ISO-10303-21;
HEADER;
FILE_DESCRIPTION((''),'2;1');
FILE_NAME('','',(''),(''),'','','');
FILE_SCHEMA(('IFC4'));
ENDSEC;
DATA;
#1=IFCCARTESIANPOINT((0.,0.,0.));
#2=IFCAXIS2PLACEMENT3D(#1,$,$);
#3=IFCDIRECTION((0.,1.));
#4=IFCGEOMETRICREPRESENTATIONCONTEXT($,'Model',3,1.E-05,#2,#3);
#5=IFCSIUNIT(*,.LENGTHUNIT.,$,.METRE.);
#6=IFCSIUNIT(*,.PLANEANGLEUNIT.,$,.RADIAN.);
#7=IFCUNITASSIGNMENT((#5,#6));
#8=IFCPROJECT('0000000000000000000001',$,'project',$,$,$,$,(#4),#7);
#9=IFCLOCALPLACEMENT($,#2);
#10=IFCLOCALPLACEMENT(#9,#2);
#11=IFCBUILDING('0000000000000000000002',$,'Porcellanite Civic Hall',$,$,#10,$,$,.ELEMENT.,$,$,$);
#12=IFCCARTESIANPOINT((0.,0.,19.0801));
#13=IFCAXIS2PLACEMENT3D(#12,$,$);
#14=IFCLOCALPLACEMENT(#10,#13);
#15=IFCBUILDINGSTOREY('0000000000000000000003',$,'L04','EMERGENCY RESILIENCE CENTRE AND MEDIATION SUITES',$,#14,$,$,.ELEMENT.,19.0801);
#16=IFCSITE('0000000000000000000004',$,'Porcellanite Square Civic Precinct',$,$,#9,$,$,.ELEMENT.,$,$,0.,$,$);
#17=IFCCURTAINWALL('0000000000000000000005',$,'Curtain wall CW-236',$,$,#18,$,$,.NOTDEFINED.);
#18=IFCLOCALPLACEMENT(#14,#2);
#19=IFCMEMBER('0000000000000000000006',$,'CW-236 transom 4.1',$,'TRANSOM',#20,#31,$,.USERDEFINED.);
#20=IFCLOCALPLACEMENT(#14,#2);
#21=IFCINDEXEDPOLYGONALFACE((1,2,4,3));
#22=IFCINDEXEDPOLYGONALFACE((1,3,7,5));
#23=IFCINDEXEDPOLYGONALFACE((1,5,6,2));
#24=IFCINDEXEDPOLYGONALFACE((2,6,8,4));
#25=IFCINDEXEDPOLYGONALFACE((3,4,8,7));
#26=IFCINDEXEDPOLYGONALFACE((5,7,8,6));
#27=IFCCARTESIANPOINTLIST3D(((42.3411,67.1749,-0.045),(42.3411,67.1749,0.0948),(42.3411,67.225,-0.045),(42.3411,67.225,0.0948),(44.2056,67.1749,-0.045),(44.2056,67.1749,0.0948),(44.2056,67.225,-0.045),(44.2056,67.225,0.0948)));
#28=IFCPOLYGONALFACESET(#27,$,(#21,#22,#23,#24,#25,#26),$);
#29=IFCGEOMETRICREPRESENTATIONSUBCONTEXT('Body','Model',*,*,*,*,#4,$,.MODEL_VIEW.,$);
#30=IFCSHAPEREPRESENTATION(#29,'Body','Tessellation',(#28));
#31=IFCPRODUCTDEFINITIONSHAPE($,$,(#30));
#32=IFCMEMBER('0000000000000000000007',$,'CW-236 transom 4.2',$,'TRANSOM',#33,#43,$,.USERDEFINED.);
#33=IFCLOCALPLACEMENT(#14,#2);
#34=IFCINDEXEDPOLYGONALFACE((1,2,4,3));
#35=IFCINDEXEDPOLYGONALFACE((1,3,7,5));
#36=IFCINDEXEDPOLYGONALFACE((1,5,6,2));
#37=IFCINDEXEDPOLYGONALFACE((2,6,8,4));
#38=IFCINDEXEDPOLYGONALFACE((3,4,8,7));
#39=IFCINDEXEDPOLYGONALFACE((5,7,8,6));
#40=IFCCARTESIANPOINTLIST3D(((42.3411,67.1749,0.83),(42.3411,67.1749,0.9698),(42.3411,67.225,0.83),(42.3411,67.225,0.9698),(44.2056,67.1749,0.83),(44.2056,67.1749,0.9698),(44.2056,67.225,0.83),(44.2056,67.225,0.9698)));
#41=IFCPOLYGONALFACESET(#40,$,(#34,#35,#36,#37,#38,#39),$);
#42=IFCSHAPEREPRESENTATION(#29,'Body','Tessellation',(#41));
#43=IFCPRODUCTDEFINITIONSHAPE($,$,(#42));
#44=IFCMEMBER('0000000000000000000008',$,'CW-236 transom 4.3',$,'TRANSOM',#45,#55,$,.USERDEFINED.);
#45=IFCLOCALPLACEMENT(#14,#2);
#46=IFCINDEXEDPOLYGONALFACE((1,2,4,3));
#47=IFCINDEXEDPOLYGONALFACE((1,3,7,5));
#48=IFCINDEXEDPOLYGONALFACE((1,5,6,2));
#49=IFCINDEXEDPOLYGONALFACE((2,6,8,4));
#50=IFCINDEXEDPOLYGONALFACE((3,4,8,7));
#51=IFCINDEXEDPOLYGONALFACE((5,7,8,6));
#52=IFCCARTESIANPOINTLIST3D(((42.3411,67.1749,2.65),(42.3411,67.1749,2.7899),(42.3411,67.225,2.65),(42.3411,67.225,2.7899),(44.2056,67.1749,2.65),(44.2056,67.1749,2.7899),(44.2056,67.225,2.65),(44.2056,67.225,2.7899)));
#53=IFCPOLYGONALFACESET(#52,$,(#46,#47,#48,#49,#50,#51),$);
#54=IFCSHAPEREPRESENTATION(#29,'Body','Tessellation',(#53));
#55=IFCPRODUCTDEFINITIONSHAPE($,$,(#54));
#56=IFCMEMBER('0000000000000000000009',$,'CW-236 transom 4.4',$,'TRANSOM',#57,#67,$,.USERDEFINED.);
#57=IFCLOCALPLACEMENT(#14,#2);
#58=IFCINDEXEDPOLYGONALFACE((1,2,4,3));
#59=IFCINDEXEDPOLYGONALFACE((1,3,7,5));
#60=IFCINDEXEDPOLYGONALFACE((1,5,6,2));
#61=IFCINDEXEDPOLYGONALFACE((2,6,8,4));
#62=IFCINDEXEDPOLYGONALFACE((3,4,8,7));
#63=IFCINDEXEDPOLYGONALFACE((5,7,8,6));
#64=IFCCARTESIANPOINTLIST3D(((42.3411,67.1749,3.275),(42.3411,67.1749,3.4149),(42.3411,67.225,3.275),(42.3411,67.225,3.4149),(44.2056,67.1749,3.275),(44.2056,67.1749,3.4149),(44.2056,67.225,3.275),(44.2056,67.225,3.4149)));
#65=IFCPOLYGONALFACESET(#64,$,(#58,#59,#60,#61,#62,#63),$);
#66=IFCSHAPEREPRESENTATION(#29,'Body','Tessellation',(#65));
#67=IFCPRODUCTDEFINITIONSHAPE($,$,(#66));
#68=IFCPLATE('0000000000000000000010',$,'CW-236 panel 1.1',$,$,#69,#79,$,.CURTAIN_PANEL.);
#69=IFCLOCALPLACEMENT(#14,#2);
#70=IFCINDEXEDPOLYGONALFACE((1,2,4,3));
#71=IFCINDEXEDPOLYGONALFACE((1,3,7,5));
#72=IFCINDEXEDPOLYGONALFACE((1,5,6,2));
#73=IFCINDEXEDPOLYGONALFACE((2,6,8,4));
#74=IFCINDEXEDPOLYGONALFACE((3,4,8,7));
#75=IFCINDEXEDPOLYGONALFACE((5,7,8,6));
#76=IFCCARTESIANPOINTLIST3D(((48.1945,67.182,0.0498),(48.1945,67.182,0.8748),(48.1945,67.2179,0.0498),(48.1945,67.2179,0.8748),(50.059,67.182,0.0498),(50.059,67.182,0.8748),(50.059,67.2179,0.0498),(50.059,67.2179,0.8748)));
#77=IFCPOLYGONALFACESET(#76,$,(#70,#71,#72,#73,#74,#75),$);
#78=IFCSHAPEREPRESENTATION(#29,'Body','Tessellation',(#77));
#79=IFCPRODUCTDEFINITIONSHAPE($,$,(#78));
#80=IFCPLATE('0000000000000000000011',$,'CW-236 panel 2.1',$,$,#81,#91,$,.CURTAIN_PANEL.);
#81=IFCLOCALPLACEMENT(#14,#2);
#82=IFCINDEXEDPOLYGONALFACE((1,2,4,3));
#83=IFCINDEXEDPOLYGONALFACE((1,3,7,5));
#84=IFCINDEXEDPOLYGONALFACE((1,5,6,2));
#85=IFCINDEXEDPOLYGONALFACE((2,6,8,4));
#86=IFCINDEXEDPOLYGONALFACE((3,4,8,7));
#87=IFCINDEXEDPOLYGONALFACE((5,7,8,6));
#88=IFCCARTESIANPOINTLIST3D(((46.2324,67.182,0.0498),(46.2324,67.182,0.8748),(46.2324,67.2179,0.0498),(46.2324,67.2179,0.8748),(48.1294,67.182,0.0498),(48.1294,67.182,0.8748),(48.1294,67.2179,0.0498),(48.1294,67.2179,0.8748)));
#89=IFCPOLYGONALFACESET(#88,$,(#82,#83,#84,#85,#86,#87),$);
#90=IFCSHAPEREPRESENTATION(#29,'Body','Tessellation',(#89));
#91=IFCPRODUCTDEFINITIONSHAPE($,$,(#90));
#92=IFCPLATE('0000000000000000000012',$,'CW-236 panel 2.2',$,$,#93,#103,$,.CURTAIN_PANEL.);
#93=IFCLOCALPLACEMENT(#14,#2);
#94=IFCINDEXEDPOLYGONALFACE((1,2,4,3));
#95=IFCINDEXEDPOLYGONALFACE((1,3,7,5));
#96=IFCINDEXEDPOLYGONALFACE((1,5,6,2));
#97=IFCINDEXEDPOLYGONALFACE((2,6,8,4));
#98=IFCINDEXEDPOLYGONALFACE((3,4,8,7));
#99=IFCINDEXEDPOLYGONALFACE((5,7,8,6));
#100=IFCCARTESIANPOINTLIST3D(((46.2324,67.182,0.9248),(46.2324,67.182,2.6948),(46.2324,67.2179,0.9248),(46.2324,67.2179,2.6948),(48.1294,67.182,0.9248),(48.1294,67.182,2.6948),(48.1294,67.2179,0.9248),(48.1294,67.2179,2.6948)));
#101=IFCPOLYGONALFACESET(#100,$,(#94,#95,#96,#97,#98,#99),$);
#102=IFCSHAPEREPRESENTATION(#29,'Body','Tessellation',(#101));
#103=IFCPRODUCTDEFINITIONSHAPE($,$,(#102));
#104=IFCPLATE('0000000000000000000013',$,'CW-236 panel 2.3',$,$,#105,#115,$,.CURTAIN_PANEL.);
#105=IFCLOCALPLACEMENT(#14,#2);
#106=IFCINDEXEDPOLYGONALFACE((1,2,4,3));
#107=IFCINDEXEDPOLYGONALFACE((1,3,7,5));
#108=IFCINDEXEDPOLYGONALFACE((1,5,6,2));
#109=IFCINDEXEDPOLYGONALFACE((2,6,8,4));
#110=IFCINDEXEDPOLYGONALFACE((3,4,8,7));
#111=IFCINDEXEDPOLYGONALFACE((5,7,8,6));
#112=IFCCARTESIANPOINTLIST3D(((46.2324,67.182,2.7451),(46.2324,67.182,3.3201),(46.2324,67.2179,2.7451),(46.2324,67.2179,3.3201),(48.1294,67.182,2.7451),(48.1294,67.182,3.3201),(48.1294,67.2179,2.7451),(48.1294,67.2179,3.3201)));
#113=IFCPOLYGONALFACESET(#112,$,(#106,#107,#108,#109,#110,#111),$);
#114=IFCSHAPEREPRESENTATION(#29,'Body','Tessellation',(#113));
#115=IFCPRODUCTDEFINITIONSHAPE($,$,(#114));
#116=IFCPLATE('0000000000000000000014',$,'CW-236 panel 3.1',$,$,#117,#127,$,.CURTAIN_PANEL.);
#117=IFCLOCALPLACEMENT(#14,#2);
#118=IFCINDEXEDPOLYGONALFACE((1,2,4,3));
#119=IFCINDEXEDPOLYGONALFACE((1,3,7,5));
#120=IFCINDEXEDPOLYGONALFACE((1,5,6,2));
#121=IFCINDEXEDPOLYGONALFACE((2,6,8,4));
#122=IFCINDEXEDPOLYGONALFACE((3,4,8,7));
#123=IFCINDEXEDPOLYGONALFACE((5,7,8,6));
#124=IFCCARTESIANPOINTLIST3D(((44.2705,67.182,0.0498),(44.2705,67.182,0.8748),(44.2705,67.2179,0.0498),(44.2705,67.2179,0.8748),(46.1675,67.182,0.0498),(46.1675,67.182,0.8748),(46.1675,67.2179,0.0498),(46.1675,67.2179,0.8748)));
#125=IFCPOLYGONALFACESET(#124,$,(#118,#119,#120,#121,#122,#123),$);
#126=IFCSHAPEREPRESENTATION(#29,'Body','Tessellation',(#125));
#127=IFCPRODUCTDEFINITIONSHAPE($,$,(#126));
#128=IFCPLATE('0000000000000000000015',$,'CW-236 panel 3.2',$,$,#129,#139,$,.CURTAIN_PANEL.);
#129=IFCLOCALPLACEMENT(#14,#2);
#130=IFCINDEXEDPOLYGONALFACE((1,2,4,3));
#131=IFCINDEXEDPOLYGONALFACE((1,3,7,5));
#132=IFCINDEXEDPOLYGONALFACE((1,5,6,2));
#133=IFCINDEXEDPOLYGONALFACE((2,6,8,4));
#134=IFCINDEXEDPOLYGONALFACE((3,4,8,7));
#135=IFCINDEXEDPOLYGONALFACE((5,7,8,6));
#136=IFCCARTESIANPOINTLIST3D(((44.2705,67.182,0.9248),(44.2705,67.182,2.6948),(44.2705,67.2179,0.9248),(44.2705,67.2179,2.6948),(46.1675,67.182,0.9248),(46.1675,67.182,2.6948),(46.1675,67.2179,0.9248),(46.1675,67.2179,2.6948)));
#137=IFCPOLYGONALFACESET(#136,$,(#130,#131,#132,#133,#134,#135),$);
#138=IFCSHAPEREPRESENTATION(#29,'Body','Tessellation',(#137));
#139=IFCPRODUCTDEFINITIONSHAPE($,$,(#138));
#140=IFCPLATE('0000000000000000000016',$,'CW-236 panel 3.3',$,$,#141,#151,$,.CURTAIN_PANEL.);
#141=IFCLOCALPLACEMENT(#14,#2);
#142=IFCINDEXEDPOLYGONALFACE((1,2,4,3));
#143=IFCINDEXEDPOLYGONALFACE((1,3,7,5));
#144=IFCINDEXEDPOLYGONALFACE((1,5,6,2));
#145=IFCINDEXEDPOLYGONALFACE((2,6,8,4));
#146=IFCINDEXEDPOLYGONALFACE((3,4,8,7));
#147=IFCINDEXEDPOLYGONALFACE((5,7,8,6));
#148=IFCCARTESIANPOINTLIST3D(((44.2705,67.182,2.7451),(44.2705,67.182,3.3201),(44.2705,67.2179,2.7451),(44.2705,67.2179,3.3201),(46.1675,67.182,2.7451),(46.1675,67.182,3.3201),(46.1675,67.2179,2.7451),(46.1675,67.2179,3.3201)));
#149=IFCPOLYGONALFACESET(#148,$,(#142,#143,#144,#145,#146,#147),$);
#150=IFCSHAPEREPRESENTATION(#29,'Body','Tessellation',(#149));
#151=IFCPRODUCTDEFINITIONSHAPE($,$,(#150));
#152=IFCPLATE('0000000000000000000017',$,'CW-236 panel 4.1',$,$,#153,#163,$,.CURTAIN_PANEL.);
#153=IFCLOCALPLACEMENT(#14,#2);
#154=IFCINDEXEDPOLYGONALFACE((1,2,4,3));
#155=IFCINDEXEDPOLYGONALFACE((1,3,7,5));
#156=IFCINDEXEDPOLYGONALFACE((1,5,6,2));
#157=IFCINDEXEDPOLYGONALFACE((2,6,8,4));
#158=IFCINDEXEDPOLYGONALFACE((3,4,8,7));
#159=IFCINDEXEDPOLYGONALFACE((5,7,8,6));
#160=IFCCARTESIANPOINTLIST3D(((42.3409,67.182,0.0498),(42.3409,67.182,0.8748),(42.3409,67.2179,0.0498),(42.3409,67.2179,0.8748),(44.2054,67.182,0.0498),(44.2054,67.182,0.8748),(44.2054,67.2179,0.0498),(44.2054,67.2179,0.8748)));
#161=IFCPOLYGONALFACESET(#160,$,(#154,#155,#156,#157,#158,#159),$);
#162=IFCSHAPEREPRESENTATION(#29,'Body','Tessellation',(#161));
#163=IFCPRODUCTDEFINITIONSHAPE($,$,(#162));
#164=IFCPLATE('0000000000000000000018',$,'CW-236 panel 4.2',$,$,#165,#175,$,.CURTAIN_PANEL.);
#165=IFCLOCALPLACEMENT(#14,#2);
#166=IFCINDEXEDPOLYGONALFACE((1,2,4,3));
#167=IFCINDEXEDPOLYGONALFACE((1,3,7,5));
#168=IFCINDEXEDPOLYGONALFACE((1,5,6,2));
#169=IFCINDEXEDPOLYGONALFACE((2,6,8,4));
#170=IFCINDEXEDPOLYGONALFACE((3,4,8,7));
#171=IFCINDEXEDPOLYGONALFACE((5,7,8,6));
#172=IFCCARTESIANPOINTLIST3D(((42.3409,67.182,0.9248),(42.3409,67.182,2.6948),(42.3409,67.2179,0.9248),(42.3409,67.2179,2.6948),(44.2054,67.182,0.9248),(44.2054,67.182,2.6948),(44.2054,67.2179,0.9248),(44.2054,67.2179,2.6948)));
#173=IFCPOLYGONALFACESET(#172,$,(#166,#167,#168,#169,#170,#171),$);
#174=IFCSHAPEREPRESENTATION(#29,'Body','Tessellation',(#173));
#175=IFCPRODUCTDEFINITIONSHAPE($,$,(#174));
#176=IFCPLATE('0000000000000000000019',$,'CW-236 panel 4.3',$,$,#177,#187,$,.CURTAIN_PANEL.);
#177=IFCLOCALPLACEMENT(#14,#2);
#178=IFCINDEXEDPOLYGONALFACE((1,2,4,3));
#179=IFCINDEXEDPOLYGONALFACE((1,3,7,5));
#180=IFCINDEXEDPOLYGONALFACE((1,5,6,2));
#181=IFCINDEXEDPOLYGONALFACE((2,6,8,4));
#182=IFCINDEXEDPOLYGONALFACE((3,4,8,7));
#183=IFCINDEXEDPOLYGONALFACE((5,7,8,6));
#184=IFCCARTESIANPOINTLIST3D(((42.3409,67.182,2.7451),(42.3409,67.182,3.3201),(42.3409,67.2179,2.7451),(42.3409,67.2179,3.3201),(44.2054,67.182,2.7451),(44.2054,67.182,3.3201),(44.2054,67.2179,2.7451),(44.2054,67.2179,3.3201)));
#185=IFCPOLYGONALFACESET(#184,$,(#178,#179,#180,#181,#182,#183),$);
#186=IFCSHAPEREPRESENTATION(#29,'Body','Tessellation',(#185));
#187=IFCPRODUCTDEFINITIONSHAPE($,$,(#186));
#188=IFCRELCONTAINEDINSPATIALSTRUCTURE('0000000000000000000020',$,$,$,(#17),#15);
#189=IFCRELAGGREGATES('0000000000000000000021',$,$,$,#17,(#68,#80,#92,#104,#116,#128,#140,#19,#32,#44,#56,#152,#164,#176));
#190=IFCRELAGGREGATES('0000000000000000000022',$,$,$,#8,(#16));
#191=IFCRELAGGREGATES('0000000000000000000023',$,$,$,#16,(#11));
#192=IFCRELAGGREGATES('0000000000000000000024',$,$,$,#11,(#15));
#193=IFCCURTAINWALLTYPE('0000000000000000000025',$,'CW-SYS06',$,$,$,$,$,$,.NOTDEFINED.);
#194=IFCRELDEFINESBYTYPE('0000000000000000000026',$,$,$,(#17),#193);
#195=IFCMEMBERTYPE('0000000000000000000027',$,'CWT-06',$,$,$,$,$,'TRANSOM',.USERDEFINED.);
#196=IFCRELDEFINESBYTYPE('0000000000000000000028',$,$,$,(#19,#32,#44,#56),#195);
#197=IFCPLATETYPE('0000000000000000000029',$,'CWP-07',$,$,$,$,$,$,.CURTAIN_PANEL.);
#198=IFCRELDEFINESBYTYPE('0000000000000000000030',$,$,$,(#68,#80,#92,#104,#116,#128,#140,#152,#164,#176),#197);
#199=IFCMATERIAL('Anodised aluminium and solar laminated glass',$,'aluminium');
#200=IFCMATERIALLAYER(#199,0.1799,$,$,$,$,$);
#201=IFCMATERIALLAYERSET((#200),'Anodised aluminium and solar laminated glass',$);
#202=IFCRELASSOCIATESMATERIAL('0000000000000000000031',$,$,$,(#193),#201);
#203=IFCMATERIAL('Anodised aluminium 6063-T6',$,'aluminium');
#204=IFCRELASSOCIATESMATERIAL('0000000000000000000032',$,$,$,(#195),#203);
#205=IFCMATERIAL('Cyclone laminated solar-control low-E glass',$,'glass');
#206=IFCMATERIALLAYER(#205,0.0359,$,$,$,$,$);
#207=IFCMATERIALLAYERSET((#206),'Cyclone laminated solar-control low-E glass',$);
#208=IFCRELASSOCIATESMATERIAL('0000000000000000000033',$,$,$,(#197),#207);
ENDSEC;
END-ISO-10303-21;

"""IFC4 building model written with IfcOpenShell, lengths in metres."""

from ifc_helpers import new_model, si_unit, direction, frame, origin, origin_2d, place, context, subcontext, project, spatial, rectangle, extrude, material, layer, layer_set, material_profile, profile_set, type_object, element, aggregate, save


model = new_model("IFC4")

# Units and contexts
model_context = context("Model", 3, precision=1e-05, world=origin(), true_north=direction((0.0, 1.0)))
body_context = subcontext(model_context, "Body", "Model", "MODEL_VIEW")
ifc_project = project(units=[si_unit("LENGTHUNIT", "METRE"), si_unit("PLANEANGLEUNIT", "RADIAN")], contexts=[model_context])

# Site, building, storey
site_placement = place(None, origin())
site = spatial("IfcSite", under=ifc_project, at=site_placement, Name="Porcellanite Square Civic Precinct", CompositionType="ELEMENT", RefElevation=0.0)
building_placement = place(site_placement, origin())
building = spatial("IfcBuilding", under=site, at=building_placement, Name="Porcellanite Civic Hall", CompositionType="ELEMENT")
storey_placement = place(building_placement, frame((0.0, 0.0, 19.0801)))
storey = spatial("IfcBuildingStorey", under=building, at=storey_placement, Name="L04", Description="EMERGENCY RESILIENCE CENTRE AND MEDIATION SUITES", CompositionType="ELEMENT", Elevation=19.0801)

# Curtain wall, members, plates
ifc_material_1 = material(Name="Anodised aluminium and solar laminated glass", Category="aluminium")
ifc_layer_1 = layer(ifc_material_1, 0.1799)
ifc_layer_set_1 = layer_set([ifc_layer_1], Name="Anodised aluminium and solar laminated glass")
curtain_wall_type = type_object("IfcCurtainWallType", Name="CW-SYS06", PredefinedType="NOTDEFINED", material=ifc_layer_set_1)
curtain_wall_placement = place(storey_placement, origin())
curtain_wall = element("IfcCurtainWall", 1, at=curtain_wall_placement, inside=storey, type_object=curtain_wall_type, Name="Curtain wall CW-236", PredefinedType="NOTDEFINED")
ifc_material_2 = material(Name="Anodised aluminium 6063-T6", Category="aluminium")
ifc_material_profile_1 = material_profile(ifc_material_2, rectangle(XDim=0.05, YDim=0.1399, at=origin_2d()), Name="AL-50x140")
ifc_profile_set_1 = profile_set([ifc_material_profile_1], Name="Anodised aluminium 6063-T6")
member_type_1 = type_object("IfcMemberType", Name="CWT-06", ElementType="TRANSOM", PredefinedType="USERDEFINED", material=ifc_profile_set_1)
member_1_placement = place(storey_placement, frame((44.2056, 67.2, 0.0249), z_axis=(-1.0, 0.0, 0.0), x_axis=(0.0, -1.0, 0.0)))
member_1 = element("IfcMember", 2, at=member_1_placement, type_object=member_type_1, Name="CW-236 transom 4.1", ObjectType="TRANSOM", PredefinedType="USERDEFINED", context=body_context, shape_type="SweptSolid", body=[
    extrude(rectangle(XDim=0.05, YDim=0.1399, at=origin_2d()), origin(), (0.0, 0.0, 1.0), 1.8645),
])
member_2_placement = place(storey_placement, frame((44.2056, 67.2, 0.8999), z_axis=(-1.0, 0.0, 0.0), x_axis=(0.0, -1.0, 0.0)))
member_2 = element("IfcMember", 3, at=member_2_placement, type_object=member_type_1, Name="CW-236 transom 4.2", ObjectType="TRANSOM", PredefinedType="USERDEFINED", context=body_context, shape_type="SweptSolid", body=[
    extrude(rectangle(XDim=0.05, YDim=0.1399, at=origin_2d()), origin(), (0.0, 0.0, 1.0), 1.8645),
])
member_3_placement = place(storey_placement, frame((44.2056, 67.2, 2.72), z_axis=(-1.0, 0.0, 0.0), x_axis=(0.0, -1.0, 0.0)))
member_3 = element("IfcMember", 4, at=member_3_placement, type_object=member_type_1, Name="CW-236 transom 4.3", ObjectType="TRANSOM", PredefinedType="USERDEFINED", context=body_context, shape_type="SweptSolid", body=[
    extrude(rectangle(XDim=0.05, YDim=0.1399, at=origin_2d()), origin(), (0.0, 0.0, 1.0), 1.8645),
])
member_4_placement = place(storey_placement, frame((44.2056, 67.2, 3.345), z_axis=(-1.0, 0.0, 0.0), x_axis=(0.0, -1.0, 0.0)))
member_4 = element("IfcMember", 5, at=member_4_placement, type_object=member_type_1, Name="CW-236 transom 4.4", ObjectType="TRANSOM", PredefinedType="USERDEFINED", context=body_context, shape_type="SweptSolid", body=[
    extrude(rectangle(XDim=0.05, YDim=0.1399, at=origin_2d()), origin(), (0.0, 0.0, 1.0), 1.8645),
])
ifc_material_3 = material(Name="Cyclone laminated solar-control low-E glass", Category="glass")
ifc_layer_2 = layer(ifc_material_3, 0.0359)
ifc_layer_set_2 = layer_set([ifc_layer_2], Name="Cyclone laminated solar-control low-E glass")
plate_type = type_object("IfcPlateType", Name="CWP-07", PredefinedType="CURTAIN_PANEL", material=ifc_layer_set_2)
plate_1_placement = place(storey_placement, frame((49.1267, 67.2, 0.0498), z_axis=(0.0, 0.0, 1.0), x_axis=(-1.0, 0.0, 0.0)))
plate_1 = element("IfcPlate", 6, at=plate_1_placement, type_object=plate_type, Name="CW-236 panel 1.1", PredefinedType="CURTAIN_PANEL", context=body_context, shape_type="SweptSolid", body=[
    extrude(rectangle(XDim=1.8645, YDim=0.0359, at=origin_2d()), origin(), (0.0, 0.0, 1.0), 0.825),
])
plate_2_placement = place(storey_placement, frame((47.1809, 67.2, 0.0498), z_axis=(0.0, 0.0, 1.0), x_axis=(-1.0, 0.0, 0.0)))
plate_2 = element("IfcPlate", 7, at=plate_2_placement, type_object=plate_type, Name="CW-236 panel 2.1", PredefinedType="CURTAIN_PANEL", context=body_context, shape_type="SweptSolid", body=[
    extrude(rectangle(XDim=1.897, YDim=0.0359, at=origin_2d()), origin(), (0.0, 0.0, 1.0), 0.825),
])
plate_3_placement = place(storey_placement, frame((47.1809, 67.2, 0.9248), z_axis=(0.0, 0.0, 1.0), x_axis=(-1.0, 0.0, 0.0)))
plate_3 = element("IfcPlate", 8, at=plate_3_placement, type_object=plate_type, Name="CW-236 panel 2.2", PredefinedType="CURTAIN_PANEL", context=body_context, shape_type="SweptSolid", body=[
    extrude(rectangle(XDim=1.897, YDim=0.0359, at=origin_2d()), origin(), (0.0, 0.0, 1.0), 1.77),
])
plate_4_placement = place(storey_placement, frame((47.1809, 67.2, 2.7451), z_axis=(0.0, 0.0, 1.0), x_axis=(-1.0, 0.0, 0.0)))
plate_4 = element("IfcPlate", 9, at=plate_4_placement, type_object=plate_type, Name="CW-236 panel 2.3", PredefinedType="CURTAIN_PANEL", context=body_context, shape_type="SweptSolid", body=[
    extrude(rectangle(XDim=1.897, YDim=0.0359, at=origin_2d()), origin(), (0.0, 0.0, 1.0), 0.575),
])
plate_5_placement = place(storey_placement, frame((45.219, 67.2, 0.0498), z_axis=(0.0, 0.0, 1.0), x_axis=(-1.0, 0.0, 0.0)))
plate_5 = element("IfcPlate", 10, at=plate_5_placement, type_object=plate_type, Name="CW-236 panel 3.1", PredefinedType="CURTAIN_PANEL", context=body_context, shape_type="SweptSolid", body=[
    extrude(rectangle(XDim=1.897, YDim=0.0359, at=origin_2d()), origin(), (0.0, 0.0, 1.0), 0.825),
])
plate_6_placement = place(storey_placement, frame((45.219, 67.2, 0.9248), z_axis=(0.0, 0.0, 1.0), x_axis=(-1.0, 0.0, 0.0)))
plate_6 = element("IfcPlate", 11, at=plate_6_placement, type_object=plate_type, Name="CW-236 panel 3.2", PredefinedType="CURTAIN_PANEL", context=body_context, shape_type="SweptSolid", body=[
    extrude(rectangle(XDim=1.897, YDim=0.0359, at=origin_2d()), origin(), (0.0, 0.0, 1.0), 1.77),
])
plate_7_placement = place(storey_placement, frame((45.219, 67.2, 2.7451), z_axis=(0.0, 0.0, 1.0), x_axis=(-1.0, 0.0, 0.0)))
plate_7 = element("IfcPlate", 12, at=plate_7_placement, type_object=plate_type, Name="CW-236 panel 3.3", PredefinedType="CURTAIN_PANEL", context=body_context, shape_type="SweptSolid", body=[
    extrude(rectangle(XDim=1.897, YDim=0.0359, at=origin_2d()), origin(), (0.0, 0.0, 1.0), 0.575),
])
plate_8_placement = place(storey_placement, frame((43.2732, 67.2, 0.0498), z_axis=(0.0, 0.0, 1.0), x_axis=(-1.0, 0.0, 0.0)))
plate_8 = element("IfcPlate", 13, at=plate_8_placement, type_object=plate_type, Name="CW-236 panel 4.1", PredefinedType="CURTAIN_PANEL", context=body_context, shape_type="SweptSolid", body=[
    extrude(rectangle(XDim=1.8645, YDim=0.0359, at=origin_2d()), origin(), (0.0, 0.0, 1.0), 0.825),
])
plate_9_placement = place(storey_placement, frame((43.2732, 67.2, 0.9248), z_axis=(0.0, 0.0, 1.0), x_axis=(-1.0, 0.0, 0.0)))
plate_9 = element("IfcPlate", 14, at=plate_9_placement, type_object=plate_type, Name="CW-236 panel 4.2", PredefinedType="CURTAIN_PANEL", context=body_context, shape_type="SweptSolid", body=[
    extrude(rectangle(XDim=1.8645, YDim=0.0359, at=origin_2d()), origin(), (0.0, 0.0, 1.0), 1.77),
])
plate_10_placement = place(storey_placement, frame((43.2732, 67.2, 2.7451), z_axis=(0.0, 0.0, 1.0), x_axis=(-1.0, 0.0, 0.0)))
plate_10 = element("IfcPlate", 15, at=plate_10_placement, type_object=plate_type, Name="CW-236 panel 4.3", PredefinedType="CURTAIN_PANEL", context=body_context, shape_type="SweptSolid", body=[
    extrude(rectangle(XDim=1.8645, YDim=0.0359, at=origin_2d()), origin(), (0.0, 0.0, 1.0), 0.575),
])
aggregate(curtain_wall, [plate_1, plate_2, plate_3, plate_4, plate_5, plate_6, plate_7, member_1, member_2, member_3, member_4, plate_8, plate_9, plate_10])

save(model, "model.ifc")
